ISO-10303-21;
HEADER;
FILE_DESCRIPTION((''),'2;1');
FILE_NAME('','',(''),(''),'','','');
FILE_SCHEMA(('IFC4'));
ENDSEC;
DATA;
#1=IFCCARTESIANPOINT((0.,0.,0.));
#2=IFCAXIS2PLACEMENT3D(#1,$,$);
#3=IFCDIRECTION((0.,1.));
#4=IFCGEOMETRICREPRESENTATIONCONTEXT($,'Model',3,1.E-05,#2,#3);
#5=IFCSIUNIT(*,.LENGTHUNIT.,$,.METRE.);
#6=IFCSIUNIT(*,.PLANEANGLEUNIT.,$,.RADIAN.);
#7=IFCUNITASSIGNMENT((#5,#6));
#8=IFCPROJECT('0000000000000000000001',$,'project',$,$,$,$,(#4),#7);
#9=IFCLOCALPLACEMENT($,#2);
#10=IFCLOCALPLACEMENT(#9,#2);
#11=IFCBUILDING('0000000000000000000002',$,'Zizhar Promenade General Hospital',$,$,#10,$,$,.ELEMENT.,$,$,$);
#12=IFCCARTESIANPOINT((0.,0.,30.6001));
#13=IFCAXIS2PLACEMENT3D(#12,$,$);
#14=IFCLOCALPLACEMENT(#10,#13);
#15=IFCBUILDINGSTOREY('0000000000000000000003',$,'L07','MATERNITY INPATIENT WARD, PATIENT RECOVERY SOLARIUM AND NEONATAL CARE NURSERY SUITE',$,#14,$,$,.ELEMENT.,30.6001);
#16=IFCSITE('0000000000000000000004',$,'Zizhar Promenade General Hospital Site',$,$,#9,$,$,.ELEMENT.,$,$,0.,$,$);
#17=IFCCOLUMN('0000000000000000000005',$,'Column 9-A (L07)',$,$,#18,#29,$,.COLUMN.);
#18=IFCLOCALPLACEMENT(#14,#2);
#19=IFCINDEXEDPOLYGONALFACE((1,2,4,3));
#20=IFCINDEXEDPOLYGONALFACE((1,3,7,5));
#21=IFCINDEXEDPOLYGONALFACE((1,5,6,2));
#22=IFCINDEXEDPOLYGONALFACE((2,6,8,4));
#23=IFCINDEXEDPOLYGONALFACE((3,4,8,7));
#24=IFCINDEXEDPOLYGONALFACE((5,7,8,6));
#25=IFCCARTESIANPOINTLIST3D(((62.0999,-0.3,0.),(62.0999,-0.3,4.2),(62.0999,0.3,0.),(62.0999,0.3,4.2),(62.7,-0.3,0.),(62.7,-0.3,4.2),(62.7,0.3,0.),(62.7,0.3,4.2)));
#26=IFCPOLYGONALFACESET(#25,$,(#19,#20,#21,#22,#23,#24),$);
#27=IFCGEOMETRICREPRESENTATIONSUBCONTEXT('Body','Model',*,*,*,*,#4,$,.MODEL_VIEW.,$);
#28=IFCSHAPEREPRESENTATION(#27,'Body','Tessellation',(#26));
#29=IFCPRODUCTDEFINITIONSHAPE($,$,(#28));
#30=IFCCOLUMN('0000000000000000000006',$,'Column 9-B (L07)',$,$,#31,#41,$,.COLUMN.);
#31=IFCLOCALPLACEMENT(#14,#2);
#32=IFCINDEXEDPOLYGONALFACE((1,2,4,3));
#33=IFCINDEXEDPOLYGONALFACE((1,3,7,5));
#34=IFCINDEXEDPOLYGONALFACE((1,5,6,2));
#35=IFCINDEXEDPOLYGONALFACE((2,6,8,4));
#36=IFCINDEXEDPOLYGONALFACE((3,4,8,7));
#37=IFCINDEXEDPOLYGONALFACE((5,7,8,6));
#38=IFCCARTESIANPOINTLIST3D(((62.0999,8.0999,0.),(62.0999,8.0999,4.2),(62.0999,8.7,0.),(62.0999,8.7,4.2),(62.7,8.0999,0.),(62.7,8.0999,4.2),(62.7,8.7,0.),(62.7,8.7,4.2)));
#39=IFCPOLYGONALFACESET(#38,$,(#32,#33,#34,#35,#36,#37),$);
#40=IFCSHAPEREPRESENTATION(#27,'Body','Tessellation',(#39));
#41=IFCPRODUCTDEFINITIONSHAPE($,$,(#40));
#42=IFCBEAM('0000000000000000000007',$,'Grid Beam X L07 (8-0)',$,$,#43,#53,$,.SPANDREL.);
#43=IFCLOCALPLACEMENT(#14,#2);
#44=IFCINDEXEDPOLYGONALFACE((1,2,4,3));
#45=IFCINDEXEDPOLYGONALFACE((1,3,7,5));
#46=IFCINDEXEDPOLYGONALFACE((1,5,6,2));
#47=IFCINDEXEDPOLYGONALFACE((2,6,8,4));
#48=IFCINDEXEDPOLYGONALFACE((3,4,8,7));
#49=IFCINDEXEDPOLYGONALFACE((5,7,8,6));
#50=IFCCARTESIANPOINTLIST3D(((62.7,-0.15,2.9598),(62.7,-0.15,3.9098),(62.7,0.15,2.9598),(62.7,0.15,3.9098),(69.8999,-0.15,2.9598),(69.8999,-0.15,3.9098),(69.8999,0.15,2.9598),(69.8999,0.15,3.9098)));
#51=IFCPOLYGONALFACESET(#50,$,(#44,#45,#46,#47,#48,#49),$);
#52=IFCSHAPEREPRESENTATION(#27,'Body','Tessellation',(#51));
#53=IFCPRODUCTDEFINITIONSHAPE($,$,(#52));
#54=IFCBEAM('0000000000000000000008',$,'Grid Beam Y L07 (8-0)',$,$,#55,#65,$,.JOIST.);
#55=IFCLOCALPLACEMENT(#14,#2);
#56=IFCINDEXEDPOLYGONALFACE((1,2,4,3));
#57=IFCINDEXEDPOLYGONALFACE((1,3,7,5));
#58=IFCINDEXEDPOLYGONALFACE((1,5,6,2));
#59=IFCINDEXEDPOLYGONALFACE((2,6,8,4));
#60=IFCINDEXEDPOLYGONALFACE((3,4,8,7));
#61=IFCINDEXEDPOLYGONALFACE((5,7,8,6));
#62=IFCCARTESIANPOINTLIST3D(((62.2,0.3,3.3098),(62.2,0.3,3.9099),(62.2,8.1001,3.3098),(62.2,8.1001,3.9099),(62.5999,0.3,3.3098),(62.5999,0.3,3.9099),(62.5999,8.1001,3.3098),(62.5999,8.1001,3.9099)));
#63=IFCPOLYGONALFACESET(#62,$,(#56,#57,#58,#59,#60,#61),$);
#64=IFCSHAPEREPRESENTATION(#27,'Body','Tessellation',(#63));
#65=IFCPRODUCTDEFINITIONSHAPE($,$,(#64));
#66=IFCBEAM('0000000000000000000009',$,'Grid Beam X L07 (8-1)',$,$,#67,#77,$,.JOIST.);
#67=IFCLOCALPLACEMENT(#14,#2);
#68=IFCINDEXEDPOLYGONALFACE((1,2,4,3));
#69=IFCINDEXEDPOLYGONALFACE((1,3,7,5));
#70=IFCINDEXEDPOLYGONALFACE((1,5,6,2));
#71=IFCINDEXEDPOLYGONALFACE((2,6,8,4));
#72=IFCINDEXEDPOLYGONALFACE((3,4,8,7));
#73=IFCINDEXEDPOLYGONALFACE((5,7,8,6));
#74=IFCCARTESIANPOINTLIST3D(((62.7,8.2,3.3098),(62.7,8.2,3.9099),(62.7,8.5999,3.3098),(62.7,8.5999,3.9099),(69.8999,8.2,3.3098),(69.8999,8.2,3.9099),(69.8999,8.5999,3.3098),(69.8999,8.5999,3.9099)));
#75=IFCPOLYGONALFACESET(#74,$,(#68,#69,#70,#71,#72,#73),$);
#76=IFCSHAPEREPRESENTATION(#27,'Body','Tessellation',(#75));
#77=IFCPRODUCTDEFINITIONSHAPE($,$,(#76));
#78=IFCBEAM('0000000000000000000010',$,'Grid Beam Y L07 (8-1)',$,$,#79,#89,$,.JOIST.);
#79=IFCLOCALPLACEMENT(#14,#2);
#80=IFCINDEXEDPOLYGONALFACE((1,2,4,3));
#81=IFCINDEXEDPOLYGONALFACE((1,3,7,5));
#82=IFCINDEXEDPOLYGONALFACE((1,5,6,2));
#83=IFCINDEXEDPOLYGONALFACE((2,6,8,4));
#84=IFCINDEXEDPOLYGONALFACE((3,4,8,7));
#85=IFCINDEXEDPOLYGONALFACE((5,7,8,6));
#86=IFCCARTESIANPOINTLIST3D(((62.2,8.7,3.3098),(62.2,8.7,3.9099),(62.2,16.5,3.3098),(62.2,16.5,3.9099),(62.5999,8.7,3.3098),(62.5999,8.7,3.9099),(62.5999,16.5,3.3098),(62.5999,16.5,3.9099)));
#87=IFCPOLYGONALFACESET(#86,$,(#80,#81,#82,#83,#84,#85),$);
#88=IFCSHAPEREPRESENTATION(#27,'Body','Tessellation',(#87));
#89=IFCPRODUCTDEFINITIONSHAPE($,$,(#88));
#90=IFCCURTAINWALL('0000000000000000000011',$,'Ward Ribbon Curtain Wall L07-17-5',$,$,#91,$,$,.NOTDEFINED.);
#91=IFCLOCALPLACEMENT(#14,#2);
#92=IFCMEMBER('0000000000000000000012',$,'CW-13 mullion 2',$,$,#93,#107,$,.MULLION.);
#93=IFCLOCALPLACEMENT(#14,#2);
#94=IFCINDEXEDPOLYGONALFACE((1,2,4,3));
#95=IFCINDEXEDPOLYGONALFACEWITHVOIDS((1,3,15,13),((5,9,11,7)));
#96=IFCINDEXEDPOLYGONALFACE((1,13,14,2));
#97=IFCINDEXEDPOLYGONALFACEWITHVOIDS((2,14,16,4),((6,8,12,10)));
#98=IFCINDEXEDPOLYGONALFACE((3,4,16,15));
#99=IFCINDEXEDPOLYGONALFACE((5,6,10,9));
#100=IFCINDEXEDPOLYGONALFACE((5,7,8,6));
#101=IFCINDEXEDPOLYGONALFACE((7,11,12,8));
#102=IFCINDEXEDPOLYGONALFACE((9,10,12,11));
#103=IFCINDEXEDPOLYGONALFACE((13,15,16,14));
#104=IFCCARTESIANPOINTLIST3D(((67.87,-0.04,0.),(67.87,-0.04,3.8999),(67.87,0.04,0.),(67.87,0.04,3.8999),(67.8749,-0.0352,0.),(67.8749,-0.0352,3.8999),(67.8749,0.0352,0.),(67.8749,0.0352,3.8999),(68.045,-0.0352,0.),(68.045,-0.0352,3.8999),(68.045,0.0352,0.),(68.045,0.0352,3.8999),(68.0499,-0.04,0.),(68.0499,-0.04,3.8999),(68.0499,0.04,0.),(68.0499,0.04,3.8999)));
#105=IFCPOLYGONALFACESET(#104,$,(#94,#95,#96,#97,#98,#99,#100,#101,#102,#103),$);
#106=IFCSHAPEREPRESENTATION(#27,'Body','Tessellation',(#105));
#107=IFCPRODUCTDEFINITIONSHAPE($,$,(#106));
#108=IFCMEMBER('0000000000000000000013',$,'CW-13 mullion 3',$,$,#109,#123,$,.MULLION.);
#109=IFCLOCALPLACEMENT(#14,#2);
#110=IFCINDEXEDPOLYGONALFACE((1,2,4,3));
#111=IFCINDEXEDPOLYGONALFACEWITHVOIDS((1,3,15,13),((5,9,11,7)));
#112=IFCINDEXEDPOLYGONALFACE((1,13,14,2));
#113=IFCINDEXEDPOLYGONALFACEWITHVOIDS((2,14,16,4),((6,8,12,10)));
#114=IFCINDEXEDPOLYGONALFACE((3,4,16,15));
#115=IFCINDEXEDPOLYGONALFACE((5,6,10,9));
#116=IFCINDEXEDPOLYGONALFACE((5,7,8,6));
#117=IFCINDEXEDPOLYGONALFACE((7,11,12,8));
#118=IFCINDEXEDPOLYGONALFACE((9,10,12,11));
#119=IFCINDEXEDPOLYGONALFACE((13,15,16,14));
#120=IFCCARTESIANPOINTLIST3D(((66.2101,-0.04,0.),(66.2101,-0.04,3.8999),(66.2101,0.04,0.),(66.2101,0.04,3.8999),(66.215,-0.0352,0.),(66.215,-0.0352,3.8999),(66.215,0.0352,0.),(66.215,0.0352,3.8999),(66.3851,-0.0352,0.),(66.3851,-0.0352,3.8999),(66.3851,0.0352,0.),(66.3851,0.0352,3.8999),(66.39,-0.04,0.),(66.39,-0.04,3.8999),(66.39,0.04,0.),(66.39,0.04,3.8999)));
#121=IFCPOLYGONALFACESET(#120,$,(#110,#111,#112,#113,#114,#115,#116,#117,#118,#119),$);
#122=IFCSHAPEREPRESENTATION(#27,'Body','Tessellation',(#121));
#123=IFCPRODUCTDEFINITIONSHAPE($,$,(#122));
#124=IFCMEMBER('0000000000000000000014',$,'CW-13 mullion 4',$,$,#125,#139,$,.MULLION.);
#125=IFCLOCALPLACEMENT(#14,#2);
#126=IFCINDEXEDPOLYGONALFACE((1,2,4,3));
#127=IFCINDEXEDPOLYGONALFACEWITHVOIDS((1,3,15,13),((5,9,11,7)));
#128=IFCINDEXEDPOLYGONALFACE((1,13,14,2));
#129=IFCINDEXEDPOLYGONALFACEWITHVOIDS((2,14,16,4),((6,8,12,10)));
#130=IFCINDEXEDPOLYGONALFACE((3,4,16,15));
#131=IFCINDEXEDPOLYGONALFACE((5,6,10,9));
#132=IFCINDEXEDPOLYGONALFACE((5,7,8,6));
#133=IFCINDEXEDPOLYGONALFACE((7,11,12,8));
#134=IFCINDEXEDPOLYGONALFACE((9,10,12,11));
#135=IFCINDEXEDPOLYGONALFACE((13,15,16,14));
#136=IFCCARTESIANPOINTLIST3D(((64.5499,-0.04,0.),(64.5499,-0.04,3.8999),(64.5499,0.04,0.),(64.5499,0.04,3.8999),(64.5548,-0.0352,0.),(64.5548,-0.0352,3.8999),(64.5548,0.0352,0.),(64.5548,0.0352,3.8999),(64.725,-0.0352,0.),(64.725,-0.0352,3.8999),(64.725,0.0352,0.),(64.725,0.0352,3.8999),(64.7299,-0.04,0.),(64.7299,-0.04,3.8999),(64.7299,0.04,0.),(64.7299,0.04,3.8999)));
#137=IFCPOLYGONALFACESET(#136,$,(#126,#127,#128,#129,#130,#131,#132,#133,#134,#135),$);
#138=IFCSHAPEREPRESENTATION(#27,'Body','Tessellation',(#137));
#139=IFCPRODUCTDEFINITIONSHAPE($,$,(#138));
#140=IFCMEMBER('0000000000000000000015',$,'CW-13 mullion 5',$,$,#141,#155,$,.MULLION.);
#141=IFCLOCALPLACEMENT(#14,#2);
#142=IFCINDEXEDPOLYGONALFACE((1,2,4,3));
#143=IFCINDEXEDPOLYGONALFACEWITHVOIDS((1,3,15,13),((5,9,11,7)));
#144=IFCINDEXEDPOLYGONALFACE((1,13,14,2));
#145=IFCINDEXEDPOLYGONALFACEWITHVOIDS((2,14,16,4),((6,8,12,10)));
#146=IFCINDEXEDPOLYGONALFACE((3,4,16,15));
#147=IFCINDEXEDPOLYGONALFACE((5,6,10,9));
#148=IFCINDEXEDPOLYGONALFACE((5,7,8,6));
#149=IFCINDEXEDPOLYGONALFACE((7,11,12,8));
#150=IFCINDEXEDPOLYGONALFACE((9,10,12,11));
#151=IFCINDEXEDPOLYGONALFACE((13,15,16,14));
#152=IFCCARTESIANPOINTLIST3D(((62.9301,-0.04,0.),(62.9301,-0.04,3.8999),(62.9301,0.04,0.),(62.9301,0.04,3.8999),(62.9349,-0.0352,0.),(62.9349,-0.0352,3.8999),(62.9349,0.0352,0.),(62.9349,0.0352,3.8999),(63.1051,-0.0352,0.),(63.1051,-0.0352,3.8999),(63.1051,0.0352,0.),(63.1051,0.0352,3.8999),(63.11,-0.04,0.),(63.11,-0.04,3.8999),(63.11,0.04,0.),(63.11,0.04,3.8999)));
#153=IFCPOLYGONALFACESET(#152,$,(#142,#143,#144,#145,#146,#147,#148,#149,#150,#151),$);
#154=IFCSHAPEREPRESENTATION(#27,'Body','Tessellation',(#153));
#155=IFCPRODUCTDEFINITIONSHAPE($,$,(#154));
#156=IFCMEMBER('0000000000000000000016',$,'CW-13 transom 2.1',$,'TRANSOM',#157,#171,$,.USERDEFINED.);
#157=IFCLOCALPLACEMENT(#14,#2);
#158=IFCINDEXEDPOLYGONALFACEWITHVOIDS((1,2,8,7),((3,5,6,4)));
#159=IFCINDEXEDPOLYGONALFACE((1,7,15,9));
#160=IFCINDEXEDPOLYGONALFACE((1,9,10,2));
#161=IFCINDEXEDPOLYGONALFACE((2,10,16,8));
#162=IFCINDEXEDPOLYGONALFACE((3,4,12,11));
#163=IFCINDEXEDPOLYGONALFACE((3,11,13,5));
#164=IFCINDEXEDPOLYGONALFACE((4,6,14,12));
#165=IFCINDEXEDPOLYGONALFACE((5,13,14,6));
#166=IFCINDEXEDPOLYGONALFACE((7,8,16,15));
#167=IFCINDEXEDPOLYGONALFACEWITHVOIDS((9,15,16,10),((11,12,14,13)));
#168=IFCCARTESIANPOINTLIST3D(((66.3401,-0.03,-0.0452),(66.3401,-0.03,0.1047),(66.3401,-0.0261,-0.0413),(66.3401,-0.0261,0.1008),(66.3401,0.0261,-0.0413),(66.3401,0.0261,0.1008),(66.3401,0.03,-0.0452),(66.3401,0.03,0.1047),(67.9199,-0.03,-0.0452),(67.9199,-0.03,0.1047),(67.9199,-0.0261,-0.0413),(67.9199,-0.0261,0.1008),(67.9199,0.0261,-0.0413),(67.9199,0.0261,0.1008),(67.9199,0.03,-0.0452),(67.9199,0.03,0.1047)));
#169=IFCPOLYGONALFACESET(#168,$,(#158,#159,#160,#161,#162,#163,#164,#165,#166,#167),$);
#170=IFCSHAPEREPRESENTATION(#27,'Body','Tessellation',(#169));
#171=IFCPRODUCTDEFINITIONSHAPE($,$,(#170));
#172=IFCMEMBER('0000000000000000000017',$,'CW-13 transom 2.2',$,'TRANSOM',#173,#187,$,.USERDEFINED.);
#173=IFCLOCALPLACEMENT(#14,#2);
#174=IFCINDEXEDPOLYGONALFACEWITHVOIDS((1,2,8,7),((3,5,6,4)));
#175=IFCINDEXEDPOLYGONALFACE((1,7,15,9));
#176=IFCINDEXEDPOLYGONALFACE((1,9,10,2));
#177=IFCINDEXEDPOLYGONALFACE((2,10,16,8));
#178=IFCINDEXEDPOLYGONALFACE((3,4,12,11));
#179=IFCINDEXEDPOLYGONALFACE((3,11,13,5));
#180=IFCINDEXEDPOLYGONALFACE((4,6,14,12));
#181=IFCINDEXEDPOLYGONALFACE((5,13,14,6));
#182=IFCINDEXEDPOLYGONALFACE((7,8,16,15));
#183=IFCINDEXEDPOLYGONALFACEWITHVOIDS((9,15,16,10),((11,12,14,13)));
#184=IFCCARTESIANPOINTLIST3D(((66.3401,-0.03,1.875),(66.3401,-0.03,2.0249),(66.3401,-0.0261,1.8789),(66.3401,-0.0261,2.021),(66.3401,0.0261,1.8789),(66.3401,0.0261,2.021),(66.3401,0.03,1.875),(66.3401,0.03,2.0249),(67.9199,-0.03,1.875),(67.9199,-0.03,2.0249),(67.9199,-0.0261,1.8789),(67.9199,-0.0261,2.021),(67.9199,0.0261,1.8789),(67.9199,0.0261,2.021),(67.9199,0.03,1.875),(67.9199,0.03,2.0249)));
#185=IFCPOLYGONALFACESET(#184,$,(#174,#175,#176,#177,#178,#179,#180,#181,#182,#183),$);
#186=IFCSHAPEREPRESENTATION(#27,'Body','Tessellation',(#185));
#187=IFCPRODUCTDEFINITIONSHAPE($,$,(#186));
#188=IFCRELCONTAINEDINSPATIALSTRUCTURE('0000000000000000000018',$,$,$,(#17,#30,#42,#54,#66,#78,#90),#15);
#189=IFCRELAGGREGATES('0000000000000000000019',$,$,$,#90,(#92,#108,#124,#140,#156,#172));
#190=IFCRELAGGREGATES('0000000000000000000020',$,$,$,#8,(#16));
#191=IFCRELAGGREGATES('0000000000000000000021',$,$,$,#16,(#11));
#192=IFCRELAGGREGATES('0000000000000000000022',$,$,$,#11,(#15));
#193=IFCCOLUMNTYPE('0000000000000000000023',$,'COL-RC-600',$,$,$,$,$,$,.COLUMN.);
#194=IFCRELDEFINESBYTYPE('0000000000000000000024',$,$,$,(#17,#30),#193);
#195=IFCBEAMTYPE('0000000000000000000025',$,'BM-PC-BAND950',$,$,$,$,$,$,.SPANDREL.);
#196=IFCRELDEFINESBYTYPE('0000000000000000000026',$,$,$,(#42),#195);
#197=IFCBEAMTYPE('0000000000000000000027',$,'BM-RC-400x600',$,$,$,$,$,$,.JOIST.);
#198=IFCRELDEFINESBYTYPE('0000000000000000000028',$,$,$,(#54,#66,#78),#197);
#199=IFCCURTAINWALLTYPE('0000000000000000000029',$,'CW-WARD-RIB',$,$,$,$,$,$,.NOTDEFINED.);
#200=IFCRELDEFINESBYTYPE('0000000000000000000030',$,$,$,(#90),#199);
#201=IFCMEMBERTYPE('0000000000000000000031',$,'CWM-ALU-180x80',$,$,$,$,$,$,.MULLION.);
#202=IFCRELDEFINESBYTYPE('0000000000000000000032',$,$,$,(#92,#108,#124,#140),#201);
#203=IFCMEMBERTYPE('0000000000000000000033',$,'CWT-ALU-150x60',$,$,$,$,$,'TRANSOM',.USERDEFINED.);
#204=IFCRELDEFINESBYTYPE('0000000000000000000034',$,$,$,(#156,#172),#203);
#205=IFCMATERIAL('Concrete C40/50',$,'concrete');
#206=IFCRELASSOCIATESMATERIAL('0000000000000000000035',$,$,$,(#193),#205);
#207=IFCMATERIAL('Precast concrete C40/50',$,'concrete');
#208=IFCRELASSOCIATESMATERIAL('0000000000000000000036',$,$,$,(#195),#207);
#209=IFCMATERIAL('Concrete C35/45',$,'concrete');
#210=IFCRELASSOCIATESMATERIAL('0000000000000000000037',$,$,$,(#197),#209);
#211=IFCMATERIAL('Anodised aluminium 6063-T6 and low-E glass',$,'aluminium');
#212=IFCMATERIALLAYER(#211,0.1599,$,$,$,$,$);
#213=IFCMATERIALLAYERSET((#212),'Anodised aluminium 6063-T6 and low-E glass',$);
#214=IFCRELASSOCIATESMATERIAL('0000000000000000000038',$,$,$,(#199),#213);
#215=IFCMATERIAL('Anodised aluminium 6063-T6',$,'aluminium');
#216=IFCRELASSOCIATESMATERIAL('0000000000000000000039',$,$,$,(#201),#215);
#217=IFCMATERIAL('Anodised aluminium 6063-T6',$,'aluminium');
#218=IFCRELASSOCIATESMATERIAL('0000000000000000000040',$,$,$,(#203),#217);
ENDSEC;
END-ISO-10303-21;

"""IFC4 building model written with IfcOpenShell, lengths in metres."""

from ifc_helpers import new_model, si_unit, direction, frame, origin, origin_2d, place, context, subcontext, project, spatial, rectangle, hollow_rectangle, extrude, material, layer, layer_set, material_profile, profile_set, type_object, element, aggregate, save


model = new_model("IFC4")

# Units and contexts
model_context = context("Model", 3, precision=1e-05, world=origin(), true_north=direction((0.0, 1.0)))
body_context = subcontext(model_context, "Body", "Model", "MODEL_VIEW")
ifc_project = project(units=[si_unit("LENGTHUNIT", "METRE"), si_unit("PLANEANGLEUNIT", "RADIAN")], contexts=[model_context])

# Site, building, storey
site_placement = place(None, origin())
site = spatial("IfcSite", under=ifc_project, at=site_placement, Name="Zizhar Promenade General Hospital Site", CompositionType="ELEMENT", RefElevation=0.0)
building_placement = place(site_placement, origin())
building = spatial("IfcBuilding", under=site, at=building_placement, Name="Zizhar Promenade General Hospital", CompositionType="ELEMENT")
storey_placement = place(building_placement, frame((0.0, 0.0, 30.6001)))
storey = spatial("IfcBuildingStorey", under=building, at=storey_placement, Name="L07", Description="MATERNITY INPATIENT WARD, PATIENT RECOVERY SOLARIUM AND NEONATAL CARE NURSERY SUITE", CompositionType="ELEMENT", Elevation=30.6001)

# Columns
ifc_material_1 = material(Name="Concrete C40/50", Category="concrete")
ifc_material_profile_1 = material_profile(ifc_material_1, rectangle(XDim=0.6001, YDim=0.6001, at=origin_2d()))
ifc_profile_set_1 = profile_set([ifc_material_profile_1], Name="Concrete C40/50")
column_type = type_object("IfcColumnType", Name="COL-RC-600", PredefinedType="COLUMN", material=ifc_profile_set_1)
for number, where, z_axis, x_axis, name in (
    (1, (62.3999, 0.0, 0.0), (0.0, 0.0, 1.0), (1.0, 0.0, 0.0), "Column 9-A (L07)"),
    (2, (62.3999, 8.3999, 0.0), (0.0, 0.0, 1.0), (1.0, 0.0, 0.0), "Column 9-B (L07)"),
):
    element("IfcColumn", number, at=place(storey_placement, frame(where, z_axis=z_axis, x_axis=x_axis)), inside=storey, type_object=column_type, Name=name, PredefinedType="COLUMN", context=body_context, shape_type="SweptSolid", body=[
        extrude(rectangle(XDim=0.6001, YDim=0.6001, at=origin_2d()), origin(), (0.0, 0.0, 1.0), 4.2),
    ])

# Beams
ifc_material_2 = material(Name="Precast concrete C40/50", Category="concrete")
ifc_material_profile_2 = material_profile(ifc_material_2, rectangle(XDim=0.3, YDim=0.95, at=origin_2d()))
ifc_profile_set_2 = profile_set([ifc_material_profile_2], Name="Precast concrete C40/50")
beam_type_1 = type_object("IfcBeamType", Name="BM-PC-BAND950", PredefinedType="SPANDREL", material=ifc_profile_set_2)
beam_1_placement = place(storey_placement, frame((62.7, 0.0, 3.4348), z_axis=(1.0, 0.0, 0.0), x_axis=(0.0, 1.0, 0.0)))
element("IfcBeam", 3, at=beam_1_placement, inside=storey, type_object=beam_type_1, Name="Grid Beam X L07 (8-0)", PredefinedType="SPANDREL", context=body_context, shape_type="SweptSolid", body=[
    extrude(rectangle(XDim=0.3, YDim=0.95, at=origin_2d()), origin(), (0.0, 0.0, 1.0), 7.2),
])
ifc_material_3 = material(Name="Concrete C35/45", Category="concrete")
ifc_material_profile_3 = material_profile(ifc_material_3, rectangle(XDim=0.3999, YDim=0.6001, at=origin_2d()))
ifc_profile_set_3 = profile_set([ifc_material_profile_3], Name="Concrete C35/45")
beam_type_2 = type_object("IfcBeamType", Name="BM-RC-400x600", PredefinedType="JOIST", material=ifc_profile_set_3)
beam_2_placement = place(storey_placement, frame((62.3999, 0.3, 3.6099), z_axis=(0.0, 1.0, 0.0), x_axis=(-1.0, 0.0, 0.0)))
element("IfcBeam", 4, at=beam_2_placement, inside=storey, type_object=beam_type_2, Name="Grid Beam Y L07 (8-0)", PredefinedType="JOIST", context=body_context, shape_type="SweptSolid", body=[
    extrude(rectangle(XDim=0.3999, YDim=0.6001, at=origin_2d()), origin(), (0.0, 0.0, 1.0), 7.8),
])
beam_3_placement = place(storey_placement, frame((62.7, 8.3999, 3.6099), z_axis=(1.0, 0.0, 0.0), x_axis=(0.0, 1.0, 0.0)))
element("IfcBeam", 5, at=beam_3_placement, inside=storey, type_object=beam_type_2, Name="Grid Beam X L07 (8-1)", PredefinedType="JOIST", context=body_context, shape_type="SweptSolid", body=[
    extrude(rectangle(XDim=0.3999, YDim=0.6001, at=origin_2d()), origin(), (0.0, 0.0, 1.0), 7.2),
])
beam_4_placement = place(storey_placement, frame((62.3999, 8.7, 3.6099), z_axis=(0.0, 1.0, 0.0), x_axis=(-1.0, 0.0, 0.0)))
element("IfcBeam", 6, at=beam_4_placement, inside=storey, type_object=beam_type_2, Name="Grid Beam Y L07 (8-1)", PredefinedType="JOIST", context=body_context, shape_type="SweptSolid", body=[
    extrude(rectangle(XDim=0.3999, YDim=0.6001, at=origin_2d()), origin(), (0.0, 0.0, 1.0), 7.8),
])

# Curtain wall, members
ifc_material_4 = material(Name="Anodised aluminium 6063-T6 and low-E glass", Category="aluminium")
ifc_layer_1 = layer(ifc_material_4, 0.1599)
ifc_layer_set_1 = layer_set([ifc_layer_1], Name="Anodised aluminium 6063-T6 and low-E glass")
curtain_wall_type = type_object("IfcCurtainWallType", Name="CW-WARD-RIB", PredefinedType="NOTDEFINED", material=ifc_layer_set_1)
curtain_wall_placement = place(storey_placement, origin())
curtain_wall = element("IfcCurtainWall", 7, at=curtain_wall_placement, inside=storey, type_object=curtain_wall_type, Name="Ward Ribbon Curtain Wall L07-17-5", PredefinedType="NOTDEFINED")
ifc_material_5 = material(Name="Anodised aluminium 6063-T6", Category="aluminium")
ifc_material_profile_4 = material_profile(ifc_material_5, hollow_rectangle(XDim=0.0801, YDim=0.1799, WallThickness=0.0049, at=origin_2d()))
ifc_profile_set_4 = profile_set([ifc_material_profile_4], Name="Anodised aluminium 6063-T6")
member_type_1 = type_object("IfcMemberType", Name="CWM-ALU-180x80", PredefinedType="MULLION", material=ifc_profile_set_4)
member_1_placement = place(storey_placement, frame((67.96, 0.0, 0.0), z_axis=(0.0, 0.0, 1.0), x_axis=(0.0, -1.0, 0.0)))
member_1 = element("IfcMember", 8, at=member_1_placement, type_object=member_type_1, Name="CW-13 mullion 2", PredefinedType="MULLION", context=body_context, shape_type="SweptSolid", body=[
    extrude(hollow_rectangle(XDim=0.0801, YDim=0.1799, WallThickness=0.0049, at=origin_2d()), origin(), (0.0, 0.0, 1.0), 3.8999),
])
member_2_placement = place(storey_placement, frame((66.3, 0.0, 0.0), z_axis=(0.0, 0.0, 1.0), x_axis=(0.0, -1.0, 0.0)))
member_2 = element("IfcMember", 9, at=member_2_placement, type_object=member_type_1, Name="CW-13 mullion 3", PredefinedType="MULLION", context=body_context, shape_type="SweptSolid", body=[
    extrude(hollow_rectangle(XDim=0.0801, YDim=0.1799, WallThickness=0.0049, at=origin_2d()), origin(), (0.0, 0.0, 1.0), 3.8999),
])
member_3_placement = place(storey_placement, frame((64.6399, 0.0, 0.0), z_axis=(0.0, 0.0, 1.0), x_axis=(0.0, -1.0, 0.0)))
member_3 = element("IfcMember", 10, at=member_3_placement, type_object=member_type_1, Name="CW-13 mullion 4", PredefinedType="MULLION", context=body_context, shape_type="SweptSolid", body=[
    extrude(hollow_rectangle(XDim=0.0801, YDim=0.1799, WallThickness=0.0049, at=origin_2d()), origin(), (0.0, 0.0, 1.0), 3.8999),
])
member_4_placement = place(storey_placement, frame((63.02, 0.0, 0.0), z_axis=(0.0, 0.0, 1.0), x_axis=(0.0, -1.0, 0.0)))
member_4 = element("IfcMember", 11, at=member_4_placement, type_object=member_type_1, Name="CW-13 mullion 5", PredefinedType="MULLION", context=body_context, shape_type="SweptSolid", body=[
    extrude(hollow_rectangle(XDim=0.0801, YDim=0.1799, WallThickness=0.0049, at=origin_2d()), origin(), (0.0, 0.0, 1.0), 3.8999),
])
ifc_material_6 = material(Name="Anodised aluminium 6063-T6", Category="aluminium")
ifc_material_profile_5 = material_profile(ifc_material_6, hollow_rectangle(XDim=0.0601, YDim=0.1499, WallThickness=0.0039, at=origin_2d()))
ifc_profile_set_5 = profile_set([ifc_material_profile_5], Name="Anodised aluminium 6063-T6")
member_type_2 = type_object("IfcMemberType", Name="CWT-ALU-150x60", ElementType="TRANSOM", PredefinedType="USERDEFINED", material=ifc_profile_set_5)
member_5_placement = place(storey_placement, frame((67.9199, 0.0, 0.0298), z_axis=(-1.0, 0.0, 0.0), x_axis=(0.0, -1.0, 0.0)))
member_5 = element("IfcMember", 12, at=member_5_placement, type_object=member_type_2, Name="CW-13 transom 2.1", ObjectType="TRANSOM", PredefinedType="USERDEFINED", context=body_context, shape_type="SweptSolid", body=[
    extrude(hollow_rectangle(XDim=0.0601, YDim=0.1499, WallThickness=0.0039, at=origin_2d()), origin(), (0.0, 0.0, 1.0), 1.5798),
])
member_6_placement = place(storey_placement, frame((67.9199, 0.0, 1.95), z_axis=(-1.0, 0.0, 0.0), x_axis=(0.0, -1.0, 0.0)))
member_6 = element("IfcMember", 13, at=member_6_placement, type_object=member_type_2, Name="CW-13 transom 2.2", ObjectType="TRANSOM", PredefinedType="USERDEFINED", context=body_context, shape_type="SweptSolid", body=[
    extrude(hollow_rectangle(XDim=0.0601, YDim=0.1499, WallThickness=0.0039, at=origin_2d()), origin(), (0.0, 0.0, 1.0), 1.5798),
])
aggregate(curtain_wall, [member_1, member_2, member_3, member_4, member_5, member_6])

save(model, "model.ifc")
